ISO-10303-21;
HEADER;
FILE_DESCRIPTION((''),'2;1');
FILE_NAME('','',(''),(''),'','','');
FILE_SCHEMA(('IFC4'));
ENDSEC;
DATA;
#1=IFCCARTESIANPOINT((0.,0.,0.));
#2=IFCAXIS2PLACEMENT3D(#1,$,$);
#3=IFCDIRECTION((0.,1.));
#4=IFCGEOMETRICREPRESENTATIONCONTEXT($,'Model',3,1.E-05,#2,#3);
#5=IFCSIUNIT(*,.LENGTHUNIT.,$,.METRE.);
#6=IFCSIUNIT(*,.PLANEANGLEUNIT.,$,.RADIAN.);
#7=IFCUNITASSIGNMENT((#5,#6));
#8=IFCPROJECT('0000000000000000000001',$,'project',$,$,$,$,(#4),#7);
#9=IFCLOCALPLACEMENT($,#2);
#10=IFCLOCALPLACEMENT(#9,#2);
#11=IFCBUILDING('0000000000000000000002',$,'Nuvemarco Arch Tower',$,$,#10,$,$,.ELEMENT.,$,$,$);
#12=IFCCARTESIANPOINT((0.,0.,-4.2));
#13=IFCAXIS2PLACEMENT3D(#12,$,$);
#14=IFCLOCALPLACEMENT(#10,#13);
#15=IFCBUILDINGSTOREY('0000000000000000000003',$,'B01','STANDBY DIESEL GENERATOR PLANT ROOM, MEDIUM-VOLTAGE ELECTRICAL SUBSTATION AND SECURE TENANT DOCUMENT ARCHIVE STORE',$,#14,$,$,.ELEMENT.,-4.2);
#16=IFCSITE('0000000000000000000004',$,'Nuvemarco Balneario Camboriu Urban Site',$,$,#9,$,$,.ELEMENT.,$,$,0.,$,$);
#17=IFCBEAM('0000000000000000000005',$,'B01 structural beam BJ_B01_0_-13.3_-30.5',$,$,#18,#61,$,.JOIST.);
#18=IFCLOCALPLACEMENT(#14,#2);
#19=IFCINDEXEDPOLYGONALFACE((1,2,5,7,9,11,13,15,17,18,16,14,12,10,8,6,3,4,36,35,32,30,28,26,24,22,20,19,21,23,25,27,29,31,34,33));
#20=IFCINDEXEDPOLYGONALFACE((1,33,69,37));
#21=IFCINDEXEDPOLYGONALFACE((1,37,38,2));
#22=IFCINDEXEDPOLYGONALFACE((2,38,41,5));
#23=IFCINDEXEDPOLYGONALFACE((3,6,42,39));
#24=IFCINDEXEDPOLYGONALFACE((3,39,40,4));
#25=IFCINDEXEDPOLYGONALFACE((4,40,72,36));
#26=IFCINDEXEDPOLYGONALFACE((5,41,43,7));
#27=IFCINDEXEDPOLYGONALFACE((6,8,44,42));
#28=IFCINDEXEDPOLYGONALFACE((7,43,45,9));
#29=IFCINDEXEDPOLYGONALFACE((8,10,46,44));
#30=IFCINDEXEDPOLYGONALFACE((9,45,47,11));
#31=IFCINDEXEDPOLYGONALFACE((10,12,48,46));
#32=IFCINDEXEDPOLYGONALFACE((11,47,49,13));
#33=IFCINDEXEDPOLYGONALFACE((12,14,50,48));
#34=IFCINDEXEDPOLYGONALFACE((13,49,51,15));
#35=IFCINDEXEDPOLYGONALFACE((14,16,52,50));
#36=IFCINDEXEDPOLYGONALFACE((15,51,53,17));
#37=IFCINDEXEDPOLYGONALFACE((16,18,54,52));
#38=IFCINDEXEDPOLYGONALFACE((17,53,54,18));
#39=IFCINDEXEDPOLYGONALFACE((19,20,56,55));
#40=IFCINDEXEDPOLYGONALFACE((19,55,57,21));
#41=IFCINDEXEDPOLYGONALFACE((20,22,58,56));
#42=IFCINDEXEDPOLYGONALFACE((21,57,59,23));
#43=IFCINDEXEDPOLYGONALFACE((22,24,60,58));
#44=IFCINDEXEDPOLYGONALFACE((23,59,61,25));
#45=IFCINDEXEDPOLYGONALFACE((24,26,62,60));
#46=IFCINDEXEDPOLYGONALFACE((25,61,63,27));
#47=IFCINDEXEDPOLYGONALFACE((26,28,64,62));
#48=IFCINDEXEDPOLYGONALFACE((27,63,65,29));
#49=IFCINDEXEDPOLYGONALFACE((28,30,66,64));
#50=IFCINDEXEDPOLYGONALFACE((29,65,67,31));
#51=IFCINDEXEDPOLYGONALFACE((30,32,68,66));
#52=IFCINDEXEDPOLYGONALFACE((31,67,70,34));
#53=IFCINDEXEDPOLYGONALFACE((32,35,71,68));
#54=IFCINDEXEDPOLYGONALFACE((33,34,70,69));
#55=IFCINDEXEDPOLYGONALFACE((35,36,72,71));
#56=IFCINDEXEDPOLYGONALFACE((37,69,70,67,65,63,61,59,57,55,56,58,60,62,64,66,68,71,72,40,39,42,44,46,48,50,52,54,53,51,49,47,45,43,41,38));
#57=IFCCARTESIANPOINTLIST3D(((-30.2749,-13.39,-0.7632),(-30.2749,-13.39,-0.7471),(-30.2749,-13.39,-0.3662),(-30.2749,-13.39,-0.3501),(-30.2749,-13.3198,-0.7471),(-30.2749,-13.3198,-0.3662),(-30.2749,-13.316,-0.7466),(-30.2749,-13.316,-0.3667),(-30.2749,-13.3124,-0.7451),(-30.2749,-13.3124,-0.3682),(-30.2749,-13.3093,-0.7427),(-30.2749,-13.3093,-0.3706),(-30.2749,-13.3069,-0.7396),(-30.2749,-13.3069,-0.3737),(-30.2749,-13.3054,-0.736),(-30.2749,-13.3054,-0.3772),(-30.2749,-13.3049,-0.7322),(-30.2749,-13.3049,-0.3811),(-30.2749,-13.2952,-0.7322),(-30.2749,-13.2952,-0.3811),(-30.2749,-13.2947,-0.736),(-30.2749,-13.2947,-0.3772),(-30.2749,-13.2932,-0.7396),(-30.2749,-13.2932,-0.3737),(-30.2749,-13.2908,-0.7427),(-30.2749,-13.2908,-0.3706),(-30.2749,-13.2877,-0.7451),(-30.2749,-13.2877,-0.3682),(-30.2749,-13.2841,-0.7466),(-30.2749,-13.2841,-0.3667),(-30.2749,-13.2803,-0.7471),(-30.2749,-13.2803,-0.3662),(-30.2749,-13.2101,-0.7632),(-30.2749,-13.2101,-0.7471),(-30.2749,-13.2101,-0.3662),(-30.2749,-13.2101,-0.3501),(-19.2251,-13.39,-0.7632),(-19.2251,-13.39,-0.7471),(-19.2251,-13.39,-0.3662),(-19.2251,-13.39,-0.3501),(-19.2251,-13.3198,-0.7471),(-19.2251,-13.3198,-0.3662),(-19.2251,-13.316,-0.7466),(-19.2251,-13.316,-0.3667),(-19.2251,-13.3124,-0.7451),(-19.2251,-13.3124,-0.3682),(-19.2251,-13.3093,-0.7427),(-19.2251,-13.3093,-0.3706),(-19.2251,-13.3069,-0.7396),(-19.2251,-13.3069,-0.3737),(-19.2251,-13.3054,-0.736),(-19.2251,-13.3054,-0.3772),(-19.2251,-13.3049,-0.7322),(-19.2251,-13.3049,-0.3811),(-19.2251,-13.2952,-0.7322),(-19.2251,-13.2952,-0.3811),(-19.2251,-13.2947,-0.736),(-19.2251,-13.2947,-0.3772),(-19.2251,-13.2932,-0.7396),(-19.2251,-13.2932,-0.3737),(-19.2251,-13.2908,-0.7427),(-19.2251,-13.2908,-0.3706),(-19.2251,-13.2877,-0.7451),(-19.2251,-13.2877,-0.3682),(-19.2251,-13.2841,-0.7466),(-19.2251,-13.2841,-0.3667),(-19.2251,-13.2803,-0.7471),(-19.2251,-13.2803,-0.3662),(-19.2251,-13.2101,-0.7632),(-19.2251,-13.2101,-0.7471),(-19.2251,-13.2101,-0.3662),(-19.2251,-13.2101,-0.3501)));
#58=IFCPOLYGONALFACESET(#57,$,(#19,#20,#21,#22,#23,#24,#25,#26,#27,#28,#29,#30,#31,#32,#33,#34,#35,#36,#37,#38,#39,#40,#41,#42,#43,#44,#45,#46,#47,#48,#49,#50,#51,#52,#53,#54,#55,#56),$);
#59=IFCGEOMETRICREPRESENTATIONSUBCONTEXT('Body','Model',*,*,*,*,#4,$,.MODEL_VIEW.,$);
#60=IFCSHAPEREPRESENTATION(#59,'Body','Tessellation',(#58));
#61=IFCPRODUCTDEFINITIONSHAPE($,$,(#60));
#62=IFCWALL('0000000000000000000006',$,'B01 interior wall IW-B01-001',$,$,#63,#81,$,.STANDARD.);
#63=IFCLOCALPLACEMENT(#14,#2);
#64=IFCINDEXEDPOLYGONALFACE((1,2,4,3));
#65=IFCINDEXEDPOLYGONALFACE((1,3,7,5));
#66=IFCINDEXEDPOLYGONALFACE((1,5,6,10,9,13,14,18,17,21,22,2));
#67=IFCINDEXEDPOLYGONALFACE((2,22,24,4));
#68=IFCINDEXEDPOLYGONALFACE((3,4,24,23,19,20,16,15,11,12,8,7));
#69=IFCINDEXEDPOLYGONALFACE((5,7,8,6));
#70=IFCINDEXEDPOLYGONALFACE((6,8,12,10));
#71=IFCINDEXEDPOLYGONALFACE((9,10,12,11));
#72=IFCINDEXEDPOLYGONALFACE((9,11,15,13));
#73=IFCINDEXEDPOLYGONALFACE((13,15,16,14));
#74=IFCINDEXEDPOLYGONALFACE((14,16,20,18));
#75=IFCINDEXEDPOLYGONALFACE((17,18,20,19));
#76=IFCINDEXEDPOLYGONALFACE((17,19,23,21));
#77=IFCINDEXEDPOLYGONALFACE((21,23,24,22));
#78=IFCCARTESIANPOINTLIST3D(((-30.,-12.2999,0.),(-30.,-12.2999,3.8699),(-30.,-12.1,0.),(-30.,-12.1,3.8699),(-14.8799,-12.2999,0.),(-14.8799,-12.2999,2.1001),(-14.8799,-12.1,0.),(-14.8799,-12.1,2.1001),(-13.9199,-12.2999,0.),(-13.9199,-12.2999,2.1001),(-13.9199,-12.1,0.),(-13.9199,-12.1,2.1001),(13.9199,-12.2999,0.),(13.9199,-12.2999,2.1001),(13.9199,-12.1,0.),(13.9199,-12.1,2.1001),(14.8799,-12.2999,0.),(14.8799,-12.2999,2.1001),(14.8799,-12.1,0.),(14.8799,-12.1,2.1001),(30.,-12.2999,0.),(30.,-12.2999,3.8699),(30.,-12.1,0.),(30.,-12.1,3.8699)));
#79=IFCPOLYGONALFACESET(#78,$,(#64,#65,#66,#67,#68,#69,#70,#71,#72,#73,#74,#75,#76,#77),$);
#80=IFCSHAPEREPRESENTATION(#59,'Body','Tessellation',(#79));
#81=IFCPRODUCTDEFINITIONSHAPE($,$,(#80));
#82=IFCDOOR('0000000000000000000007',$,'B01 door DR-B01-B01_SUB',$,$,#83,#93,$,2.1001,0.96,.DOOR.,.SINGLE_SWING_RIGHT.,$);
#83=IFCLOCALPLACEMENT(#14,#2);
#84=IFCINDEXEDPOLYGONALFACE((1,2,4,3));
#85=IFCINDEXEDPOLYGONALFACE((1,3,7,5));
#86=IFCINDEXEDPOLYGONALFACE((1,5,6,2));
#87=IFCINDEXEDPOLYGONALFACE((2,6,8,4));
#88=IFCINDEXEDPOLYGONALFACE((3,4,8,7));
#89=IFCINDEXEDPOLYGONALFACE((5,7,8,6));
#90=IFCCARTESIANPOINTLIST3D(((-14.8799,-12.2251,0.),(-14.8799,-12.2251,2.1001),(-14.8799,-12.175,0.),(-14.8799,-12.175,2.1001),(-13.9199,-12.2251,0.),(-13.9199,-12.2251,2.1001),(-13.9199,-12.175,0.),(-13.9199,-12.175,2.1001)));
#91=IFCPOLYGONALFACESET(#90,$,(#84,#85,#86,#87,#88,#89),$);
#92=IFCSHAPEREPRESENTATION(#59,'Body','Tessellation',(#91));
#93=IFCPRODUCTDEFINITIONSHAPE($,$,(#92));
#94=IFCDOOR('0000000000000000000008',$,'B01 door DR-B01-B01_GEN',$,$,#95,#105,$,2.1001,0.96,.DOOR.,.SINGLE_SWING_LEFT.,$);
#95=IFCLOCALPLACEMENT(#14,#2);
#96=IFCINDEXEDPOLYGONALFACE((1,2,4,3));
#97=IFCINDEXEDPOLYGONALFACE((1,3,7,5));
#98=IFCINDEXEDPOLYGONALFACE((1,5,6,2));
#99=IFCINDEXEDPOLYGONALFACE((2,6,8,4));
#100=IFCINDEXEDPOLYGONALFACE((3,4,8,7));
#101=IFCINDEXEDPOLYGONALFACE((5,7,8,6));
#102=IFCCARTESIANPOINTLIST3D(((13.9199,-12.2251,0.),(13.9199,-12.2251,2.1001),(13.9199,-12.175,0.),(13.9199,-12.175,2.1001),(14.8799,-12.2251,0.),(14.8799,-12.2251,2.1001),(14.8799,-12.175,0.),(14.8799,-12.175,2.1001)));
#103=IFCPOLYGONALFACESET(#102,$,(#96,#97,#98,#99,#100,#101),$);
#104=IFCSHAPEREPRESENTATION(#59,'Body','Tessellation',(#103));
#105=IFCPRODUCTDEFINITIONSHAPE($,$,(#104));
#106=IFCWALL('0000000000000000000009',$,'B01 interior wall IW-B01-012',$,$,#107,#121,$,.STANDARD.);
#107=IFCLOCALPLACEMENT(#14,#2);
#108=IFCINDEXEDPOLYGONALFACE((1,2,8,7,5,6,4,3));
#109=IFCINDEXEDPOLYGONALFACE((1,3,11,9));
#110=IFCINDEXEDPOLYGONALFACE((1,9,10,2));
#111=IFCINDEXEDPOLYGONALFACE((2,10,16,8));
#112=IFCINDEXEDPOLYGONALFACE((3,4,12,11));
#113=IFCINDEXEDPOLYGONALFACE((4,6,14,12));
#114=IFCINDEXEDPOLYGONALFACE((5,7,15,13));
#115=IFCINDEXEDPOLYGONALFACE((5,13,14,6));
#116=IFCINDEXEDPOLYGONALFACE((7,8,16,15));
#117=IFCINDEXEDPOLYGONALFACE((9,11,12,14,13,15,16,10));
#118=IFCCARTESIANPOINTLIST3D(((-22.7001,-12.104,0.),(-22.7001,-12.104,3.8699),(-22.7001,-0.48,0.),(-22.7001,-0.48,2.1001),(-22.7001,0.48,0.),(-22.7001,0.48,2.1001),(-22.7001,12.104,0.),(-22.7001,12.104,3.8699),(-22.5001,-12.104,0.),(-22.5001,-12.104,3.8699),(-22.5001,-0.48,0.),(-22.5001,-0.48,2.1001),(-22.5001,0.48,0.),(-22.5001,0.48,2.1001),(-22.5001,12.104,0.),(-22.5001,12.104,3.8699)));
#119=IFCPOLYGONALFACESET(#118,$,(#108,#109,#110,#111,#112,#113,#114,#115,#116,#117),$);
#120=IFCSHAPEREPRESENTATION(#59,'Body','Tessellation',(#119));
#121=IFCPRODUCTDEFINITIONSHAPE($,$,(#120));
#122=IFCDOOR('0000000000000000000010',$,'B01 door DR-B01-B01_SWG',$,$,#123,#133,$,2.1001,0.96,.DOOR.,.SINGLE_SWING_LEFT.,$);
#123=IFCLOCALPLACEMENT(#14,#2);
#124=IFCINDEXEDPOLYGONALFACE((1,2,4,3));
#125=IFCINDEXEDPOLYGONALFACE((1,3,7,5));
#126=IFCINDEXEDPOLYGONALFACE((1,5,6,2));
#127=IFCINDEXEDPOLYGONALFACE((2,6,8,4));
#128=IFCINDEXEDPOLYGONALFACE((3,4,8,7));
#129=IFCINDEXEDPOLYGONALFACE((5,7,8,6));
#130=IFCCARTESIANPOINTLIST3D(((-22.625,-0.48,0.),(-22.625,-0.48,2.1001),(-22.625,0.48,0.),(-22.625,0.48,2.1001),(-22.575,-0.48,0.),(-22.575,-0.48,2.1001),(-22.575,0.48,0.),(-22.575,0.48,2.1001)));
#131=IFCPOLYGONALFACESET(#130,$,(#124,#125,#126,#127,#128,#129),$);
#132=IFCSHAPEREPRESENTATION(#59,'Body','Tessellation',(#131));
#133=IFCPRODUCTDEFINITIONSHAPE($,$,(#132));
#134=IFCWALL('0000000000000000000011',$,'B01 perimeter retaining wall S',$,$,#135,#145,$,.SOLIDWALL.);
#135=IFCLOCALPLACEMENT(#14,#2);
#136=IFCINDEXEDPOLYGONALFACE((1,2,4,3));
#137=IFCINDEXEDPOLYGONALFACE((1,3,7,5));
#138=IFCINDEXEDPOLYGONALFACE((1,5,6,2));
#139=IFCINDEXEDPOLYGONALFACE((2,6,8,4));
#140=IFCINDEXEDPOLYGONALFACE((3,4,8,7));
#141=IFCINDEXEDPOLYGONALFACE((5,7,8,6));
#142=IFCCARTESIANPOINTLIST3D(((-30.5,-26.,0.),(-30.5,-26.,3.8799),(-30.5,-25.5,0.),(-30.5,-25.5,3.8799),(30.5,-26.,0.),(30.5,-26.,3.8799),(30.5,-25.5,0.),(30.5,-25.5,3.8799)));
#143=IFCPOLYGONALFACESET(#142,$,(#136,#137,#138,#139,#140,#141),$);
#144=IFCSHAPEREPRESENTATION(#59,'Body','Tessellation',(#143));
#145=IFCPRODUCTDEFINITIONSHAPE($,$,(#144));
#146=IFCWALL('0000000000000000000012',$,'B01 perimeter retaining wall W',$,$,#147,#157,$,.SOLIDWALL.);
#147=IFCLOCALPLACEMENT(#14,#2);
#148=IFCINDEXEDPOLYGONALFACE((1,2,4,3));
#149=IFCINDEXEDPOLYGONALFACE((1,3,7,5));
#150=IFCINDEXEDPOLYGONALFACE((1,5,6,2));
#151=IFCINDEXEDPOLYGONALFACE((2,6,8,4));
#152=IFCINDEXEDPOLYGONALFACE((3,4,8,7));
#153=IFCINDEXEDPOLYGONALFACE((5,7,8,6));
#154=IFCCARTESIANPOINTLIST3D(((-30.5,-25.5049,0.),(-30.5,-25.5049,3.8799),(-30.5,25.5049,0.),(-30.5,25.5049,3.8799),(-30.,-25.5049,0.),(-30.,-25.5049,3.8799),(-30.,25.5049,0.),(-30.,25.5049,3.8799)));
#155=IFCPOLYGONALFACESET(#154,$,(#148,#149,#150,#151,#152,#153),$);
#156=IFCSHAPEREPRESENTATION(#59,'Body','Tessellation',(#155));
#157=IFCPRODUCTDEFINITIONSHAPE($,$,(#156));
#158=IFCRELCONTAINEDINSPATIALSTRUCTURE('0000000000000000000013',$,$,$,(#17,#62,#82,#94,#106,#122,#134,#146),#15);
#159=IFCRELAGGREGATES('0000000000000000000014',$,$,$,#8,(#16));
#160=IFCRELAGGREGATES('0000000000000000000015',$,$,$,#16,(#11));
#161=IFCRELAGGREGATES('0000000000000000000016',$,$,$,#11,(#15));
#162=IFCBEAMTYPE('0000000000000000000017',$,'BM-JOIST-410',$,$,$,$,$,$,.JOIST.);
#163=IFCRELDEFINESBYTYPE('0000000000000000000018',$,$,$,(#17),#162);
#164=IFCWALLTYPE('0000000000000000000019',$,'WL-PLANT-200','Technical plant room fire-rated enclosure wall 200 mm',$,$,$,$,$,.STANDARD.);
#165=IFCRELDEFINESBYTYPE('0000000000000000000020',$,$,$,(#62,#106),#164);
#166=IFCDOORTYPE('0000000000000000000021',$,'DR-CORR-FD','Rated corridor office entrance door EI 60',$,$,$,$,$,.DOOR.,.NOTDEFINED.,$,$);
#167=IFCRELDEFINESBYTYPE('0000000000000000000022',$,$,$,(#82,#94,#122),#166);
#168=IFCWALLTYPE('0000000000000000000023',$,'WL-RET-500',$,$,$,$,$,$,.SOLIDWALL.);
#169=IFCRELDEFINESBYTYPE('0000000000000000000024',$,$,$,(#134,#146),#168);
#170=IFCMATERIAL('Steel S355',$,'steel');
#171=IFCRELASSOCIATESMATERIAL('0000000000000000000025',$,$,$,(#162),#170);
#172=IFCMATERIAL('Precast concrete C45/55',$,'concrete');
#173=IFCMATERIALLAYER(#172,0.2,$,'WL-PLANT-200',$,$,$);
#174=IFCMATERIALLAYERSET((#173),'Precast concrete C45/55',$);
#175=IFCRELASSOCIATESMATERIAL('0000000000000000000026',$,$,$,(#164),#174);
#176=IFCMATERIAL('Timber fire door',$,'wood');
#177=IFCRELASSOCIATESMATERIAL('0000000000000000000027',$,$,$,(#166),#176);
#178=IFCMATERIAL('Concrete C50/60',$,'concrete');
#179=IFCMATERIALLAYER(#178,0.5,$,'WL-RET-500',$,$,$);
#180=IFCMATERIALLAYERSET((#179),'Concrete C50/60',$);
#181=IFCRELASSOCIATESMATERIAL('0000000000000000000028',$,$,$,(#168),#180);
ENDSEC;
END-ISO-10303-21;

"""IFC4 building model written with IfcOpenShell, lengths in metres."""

from ifc_helpers import new_model, si_unit, direction, frame, frame_2d, origin, origin_2d, place, context, subcontext, project, spatial, rectangle, i_section, extrude, source, transform, mapped, material, layer, layer_set, material_profile, profile_set, type_object, type_shapes, element, fill, save


model = new_model("IFC4")

# Units and contexts
model_context = context("Model", 3, precision=1e-05, world=origin(), true_north=direction((0.0, 1.0)))
body_context = subcontext(model_context, "Body", "Model", "MODEL_VIEW")
ifc_project = project(units=[si_unit("LENGTHUNIT", "METRE"), si_unit("PLANEANGLEUNIT", "RADIAN")], contexts=[model_context])

# Site, building, storey
site_placement = place(None, origin())
site = spatial("IfcSite", under=ifc_project, at=site_placement, Name="Nuvemarco Balneario Camboriu Urban Site", CompositionType="ELEMENT", RefElevation=0.0)
building_placement = place(site_placement, origin())
building = spatial("IfcBuilding", under=site, at=building_placement, Name="Nuvemarco Arch Tower", CompositionType="ELEMENT")
storey_placement = place(building_placement, frame((0.0, 0.0, -4.2)))
storey = spatial("IfcBuildingStorey", under=building, at=storey_placement, Name="B01", Description="STANDBY DIESEL GENERATOR PLANT ROOM, MEDIUM-VOLTAGE ELECTRICAL SUBSTATION AND SECURE TENANT DOCUMENT ARCHIVE STORE", CompositionType="ELEMENT", Elevation=-4.2)

# Beam
ifc_material_1 = material(Name="Concrete C50/60", Category="concrete")
ifc_material_2 = material(Name="Steel S355", Category="steel")
ifc_material_profile_1 = material_profile(ifc_material_2, i_section(OverallWidth=0.1799, OverallDepth=0.4131, WebThickness=0.0098, FlangeThickness=0.0161, FilletRadius=0.0149, at=origin_2d()), Name="W410x75")
ifc_profile_set_1 = profile_set([ifc_material_profile_1], Name="Steel S355")
beam_type_1 = type_object("IfcBeamType", Name="BM-JOIST-410", PredefinedType="JOIST", material=ifc_profile_set_1)
beam_1_placement = place(storey_placement, frame((-30.2749, -13.3, -0.5566), z_axis=(1.0, 0.0, 0.0), x_axis=(0.0, 1.0, 0.0)))
element("IfcBeam", 1, at=beam_1_placement, inside=storey, type_object=beam_type_1, Name="B01 structural beam BJ_B01_0_-13.3_-30.5", PredefinedType="JOIST", context=body_context, shape_type="SweptSolid", body=[
    extrude(i_section(OverallWidth=0.1799, OverallDepth=0.4131, WebThickness=0.0098, FlangeThickness=0.0161, FilletRadius=0.0149, at=origin_2d()), origin(), (0.0, 0.0, 1.0), 11.0498),
])

# Wall, openings, doors
ifc_material_3 = material(Name="Precast concrete C45/55", Category="concrete")
ifc_layer_1 = layer(ifc_material_3, 0.2, Name="WL-PLANT-200")
ifc_layer_set_1 = layer_set([ifc_layer_1], Name="Precast concrete C45/55")
wall_type_1 = type_object("IfcWallType", Name="WL-PLANT-200", Description="Technical plant room fire-rated enclosure wall 200 mm", PredefinedType="STANDARD", material=ifc_layer_set_1)
wall_1_placement = place(storey_placement, frame((-30.0, -12.2, 0.0), z_axis=(0.0, 0.0, 1.0), x_axis=(1.0, 0.0, 0.0)))
wall_1 = element("IfcWall", 2, at=wall_1_placement, inside=storey, type_object=wall_type_1, Name="B01 interior wall IW-B01-001", PredefinedType="STANDARD", context=body_context, shape_type="SweptSolid", body=[
    extrude(rectangle(XDim=60.0, YDim=0.2, at=frame_2d((30.0, 0.0))), origin(), (0.0, 0.0, 1.0), 3.8699),
])
opening_1_placement = place(wall_1_placement, frame((15.1201, 0.0, 0.0)))
opening_1 = element("IfcOpeningElement", 3, at=opening_1_placement, cuts=wall_1, PredefinedType="OPENING", context=body_context, shape_type="SweptSolid", body=[
    extrude(rectangle(XDim=0.96, YDim=2.1001, at=frame_2d((0.48, 1.05))), frame((0.0, 0.1099, 0.0), z_axis=(0.0, -1.0, 0.0), x_axis=(1.0, 0.0, 0.0)), (0.0, 0.0, 1.0), 0.22),
])
opening_2_placement = place(wall_1_placement, frame((43.9199, 0.0, 0.0)))
opening_2 = element("IfcOpeningElement", 4, at=opening_2_placement, cuts=wall_1, PredefinedType="OPENING", context=body_context, shape_type="SweptSolid", body=[
    extrude(rectangle(XDim=0.96, YDim=2.1001, at=frame_2d((0.48, 1.05))), frame((0.0, 0.1099, 0.0), z_axis=(0.0, -1.0, 0.0), x_axis=(1.0, 0.0, 0.0)), (0.0, 0.0, 1.0), 0.22),
])
ifc_material_4 = material(Name="Timber fire door", Category="wood")
door_type = type_object("IfcDoorType", Name="DR-CORR-FD", Description="Rated corridor office entrance door EI 60", OperationType="NOTDEFINED", PredefinedType="DOOR", material=ifc_material_4)
shared_shape = source(origin(), body_context, "Body", "SweptSolid", [
    extrude(rectangle(XDim=0.96, YDim=2.1001, at=frame_2d((0.48, 1.05))), frame((0.0, 0.0249, 0.0), z_axis=(0.0, -1.0, 0.0), x_axis=(1.0, 0.0, 0.0)), (0.0, 0.0, 1.0), 0.05),
])
type_shapes(door_type, [shared_shape])
door_1_placement = place(opening_1_placement, origin())
door_1 = element("IfcDoor", 5, at=door_1_placement, inside=storey, type_object=door_type, Name="B01 door DR-B01-B01_SUB", OperationType="SINGLE_SWING_RIGHT", OverallHeight=2.1001, OverallWidth=0.96, PredefinedType="DOOR", context=body_context, shape_type="MappedRepresentation", body=[
    mapped(shared_shape, transform((0.0, 0.0, 0.0), scale=1.0)),
])
fill(opening_1, door_1)
door_2_placement = place(opening_2_placement, origin())
door_2 = element("IfcDoor", 6, at=door_2_placement, inside=storey, type_object=door_type, Name="B01 door DR-B01-B01_GEN", OperationType="SINGLE_SWING_LEFT", OverallHeight=2.1001, OverallWidth=0.96, PredefinedType="DOOR", context=body_context, shape_type="MappedRepresentation", body=[
    mapped(shared_shape, transform((0.0, 0.0, 0.0), scale=1.0)),
])
fill(opening_2, door_2)

# Wall, opening, door
wall_2_placement = place(storey_placement, frame((-22.6001, -12.104, 0.0), z_axis=(0.0, 0.0, 1.0), x_axis=(0.0, 1.0, 0.0)))
wall_2 = element("IfcWall", 7, at=wall_2_placement, inside=storey, type_object=wall_type_1, Name="B01 interior wall IW-B01-012", PredefinedType="STANDARD", context=body_context, shape_type="SweptSolid", body=[
    extrude(rectangle(XDim=24.208, YDim=0.2, at=frame_2d((12.104, 0.0))), origin(), (0.0, 0.0, 1.0), 3.8699),
])
opening_3_placement = place(wall_2_placement, frame((11.624, 0.0, 0.0)))
opening_3 = element("IfcOpeningElement", 8, at=opening_3_placement, cuts=wall_2, PredefinedType="OPENING", context=body_context, shape_type="SweptSolid", body=[
    extrude(rectangle(XDim=0.96, YDim=2.1001, at=frame_2d((0.48, 1.05))), frame((0.0, 0.1099, 0.0), z_axis=(0.0, -1.0, 0.0), x_axis=(1.0, 0.0, 0.0)), (0.0, 0.0, 1.0), 0.22),
])
door_3_placement = place(opening_3_placement, origin())
door_3 = element("IfcDoor", 9, at=door_3_placement, inside=storey, type_object=door_type, Name="B01 door DR-B01-B01_SWG", OperationType="SINGLE_SWING_LEFT", OverallHeight=2.1001, OverallWidth=0.96, PredefinedType="DOOR", context=body_context, shape_type="MappedRepresentation", body=[
    mapped(shared_shape, transform((0.0, 0.0, 0.0), scale=1.0)),
])
fill(opening_3, door_3)

# Walls
ifc_layer_2 = layer(ifc_material_1, 0.5, Name="WL-RET-500")
ifc_layer_set_2 = layer_set([ifc_layer_2], Name="Concrete C50/60")
wall_type_2 = type_object("IfcWallType", Name="WL-RET-500", PredefinedType="SOLIDWALL", material=ifc_layer_set_2)
wall_3_placement = place(storey_placement, frame((-30.5, -25.75, 0.0), z_axis=(0.0, 0.0, 1.0), x_axis=(1.0, 0.0, 0.0)))
element("IfcWall", 10, at=wall_3_placement, inside=storey, type_object=wall_type_2, Name="B01 perimeter retaining wall S", PredefinedType="SOLIDWALL", context=body_context, shape_type="SweptSolid", body=[
    extrude(rectangle(XDim=61.0, YDim=0.5, at=frame_2d((30.5, 0.0))), origin(), (0.0, 0.0, 1.0), 3.8799),
])
wall_4_placement = place(storey_placement, frame((-30.25, -25.5049, 0.0), z_axis=(0.0, 0.0, 1.0), x_axis=(0.0, 1.0, 0.0)))
element("IfcWall", 11, at=wall_4_placement, inside=storey, type_object=wall_type_2, Name="B01 perimeter retaining wall W", PredefinedType="SOLIDWALL", context=body_context, shape_type="SweptSolid", body=[
    extrude(rectangle(XDim=51.0098, YDim=0.5, at=frame_2d((25.5049, 0.0))), origin(), (0.0, 0.0, 1.0), 3.8799),
])

save(model, "model.ifc")
